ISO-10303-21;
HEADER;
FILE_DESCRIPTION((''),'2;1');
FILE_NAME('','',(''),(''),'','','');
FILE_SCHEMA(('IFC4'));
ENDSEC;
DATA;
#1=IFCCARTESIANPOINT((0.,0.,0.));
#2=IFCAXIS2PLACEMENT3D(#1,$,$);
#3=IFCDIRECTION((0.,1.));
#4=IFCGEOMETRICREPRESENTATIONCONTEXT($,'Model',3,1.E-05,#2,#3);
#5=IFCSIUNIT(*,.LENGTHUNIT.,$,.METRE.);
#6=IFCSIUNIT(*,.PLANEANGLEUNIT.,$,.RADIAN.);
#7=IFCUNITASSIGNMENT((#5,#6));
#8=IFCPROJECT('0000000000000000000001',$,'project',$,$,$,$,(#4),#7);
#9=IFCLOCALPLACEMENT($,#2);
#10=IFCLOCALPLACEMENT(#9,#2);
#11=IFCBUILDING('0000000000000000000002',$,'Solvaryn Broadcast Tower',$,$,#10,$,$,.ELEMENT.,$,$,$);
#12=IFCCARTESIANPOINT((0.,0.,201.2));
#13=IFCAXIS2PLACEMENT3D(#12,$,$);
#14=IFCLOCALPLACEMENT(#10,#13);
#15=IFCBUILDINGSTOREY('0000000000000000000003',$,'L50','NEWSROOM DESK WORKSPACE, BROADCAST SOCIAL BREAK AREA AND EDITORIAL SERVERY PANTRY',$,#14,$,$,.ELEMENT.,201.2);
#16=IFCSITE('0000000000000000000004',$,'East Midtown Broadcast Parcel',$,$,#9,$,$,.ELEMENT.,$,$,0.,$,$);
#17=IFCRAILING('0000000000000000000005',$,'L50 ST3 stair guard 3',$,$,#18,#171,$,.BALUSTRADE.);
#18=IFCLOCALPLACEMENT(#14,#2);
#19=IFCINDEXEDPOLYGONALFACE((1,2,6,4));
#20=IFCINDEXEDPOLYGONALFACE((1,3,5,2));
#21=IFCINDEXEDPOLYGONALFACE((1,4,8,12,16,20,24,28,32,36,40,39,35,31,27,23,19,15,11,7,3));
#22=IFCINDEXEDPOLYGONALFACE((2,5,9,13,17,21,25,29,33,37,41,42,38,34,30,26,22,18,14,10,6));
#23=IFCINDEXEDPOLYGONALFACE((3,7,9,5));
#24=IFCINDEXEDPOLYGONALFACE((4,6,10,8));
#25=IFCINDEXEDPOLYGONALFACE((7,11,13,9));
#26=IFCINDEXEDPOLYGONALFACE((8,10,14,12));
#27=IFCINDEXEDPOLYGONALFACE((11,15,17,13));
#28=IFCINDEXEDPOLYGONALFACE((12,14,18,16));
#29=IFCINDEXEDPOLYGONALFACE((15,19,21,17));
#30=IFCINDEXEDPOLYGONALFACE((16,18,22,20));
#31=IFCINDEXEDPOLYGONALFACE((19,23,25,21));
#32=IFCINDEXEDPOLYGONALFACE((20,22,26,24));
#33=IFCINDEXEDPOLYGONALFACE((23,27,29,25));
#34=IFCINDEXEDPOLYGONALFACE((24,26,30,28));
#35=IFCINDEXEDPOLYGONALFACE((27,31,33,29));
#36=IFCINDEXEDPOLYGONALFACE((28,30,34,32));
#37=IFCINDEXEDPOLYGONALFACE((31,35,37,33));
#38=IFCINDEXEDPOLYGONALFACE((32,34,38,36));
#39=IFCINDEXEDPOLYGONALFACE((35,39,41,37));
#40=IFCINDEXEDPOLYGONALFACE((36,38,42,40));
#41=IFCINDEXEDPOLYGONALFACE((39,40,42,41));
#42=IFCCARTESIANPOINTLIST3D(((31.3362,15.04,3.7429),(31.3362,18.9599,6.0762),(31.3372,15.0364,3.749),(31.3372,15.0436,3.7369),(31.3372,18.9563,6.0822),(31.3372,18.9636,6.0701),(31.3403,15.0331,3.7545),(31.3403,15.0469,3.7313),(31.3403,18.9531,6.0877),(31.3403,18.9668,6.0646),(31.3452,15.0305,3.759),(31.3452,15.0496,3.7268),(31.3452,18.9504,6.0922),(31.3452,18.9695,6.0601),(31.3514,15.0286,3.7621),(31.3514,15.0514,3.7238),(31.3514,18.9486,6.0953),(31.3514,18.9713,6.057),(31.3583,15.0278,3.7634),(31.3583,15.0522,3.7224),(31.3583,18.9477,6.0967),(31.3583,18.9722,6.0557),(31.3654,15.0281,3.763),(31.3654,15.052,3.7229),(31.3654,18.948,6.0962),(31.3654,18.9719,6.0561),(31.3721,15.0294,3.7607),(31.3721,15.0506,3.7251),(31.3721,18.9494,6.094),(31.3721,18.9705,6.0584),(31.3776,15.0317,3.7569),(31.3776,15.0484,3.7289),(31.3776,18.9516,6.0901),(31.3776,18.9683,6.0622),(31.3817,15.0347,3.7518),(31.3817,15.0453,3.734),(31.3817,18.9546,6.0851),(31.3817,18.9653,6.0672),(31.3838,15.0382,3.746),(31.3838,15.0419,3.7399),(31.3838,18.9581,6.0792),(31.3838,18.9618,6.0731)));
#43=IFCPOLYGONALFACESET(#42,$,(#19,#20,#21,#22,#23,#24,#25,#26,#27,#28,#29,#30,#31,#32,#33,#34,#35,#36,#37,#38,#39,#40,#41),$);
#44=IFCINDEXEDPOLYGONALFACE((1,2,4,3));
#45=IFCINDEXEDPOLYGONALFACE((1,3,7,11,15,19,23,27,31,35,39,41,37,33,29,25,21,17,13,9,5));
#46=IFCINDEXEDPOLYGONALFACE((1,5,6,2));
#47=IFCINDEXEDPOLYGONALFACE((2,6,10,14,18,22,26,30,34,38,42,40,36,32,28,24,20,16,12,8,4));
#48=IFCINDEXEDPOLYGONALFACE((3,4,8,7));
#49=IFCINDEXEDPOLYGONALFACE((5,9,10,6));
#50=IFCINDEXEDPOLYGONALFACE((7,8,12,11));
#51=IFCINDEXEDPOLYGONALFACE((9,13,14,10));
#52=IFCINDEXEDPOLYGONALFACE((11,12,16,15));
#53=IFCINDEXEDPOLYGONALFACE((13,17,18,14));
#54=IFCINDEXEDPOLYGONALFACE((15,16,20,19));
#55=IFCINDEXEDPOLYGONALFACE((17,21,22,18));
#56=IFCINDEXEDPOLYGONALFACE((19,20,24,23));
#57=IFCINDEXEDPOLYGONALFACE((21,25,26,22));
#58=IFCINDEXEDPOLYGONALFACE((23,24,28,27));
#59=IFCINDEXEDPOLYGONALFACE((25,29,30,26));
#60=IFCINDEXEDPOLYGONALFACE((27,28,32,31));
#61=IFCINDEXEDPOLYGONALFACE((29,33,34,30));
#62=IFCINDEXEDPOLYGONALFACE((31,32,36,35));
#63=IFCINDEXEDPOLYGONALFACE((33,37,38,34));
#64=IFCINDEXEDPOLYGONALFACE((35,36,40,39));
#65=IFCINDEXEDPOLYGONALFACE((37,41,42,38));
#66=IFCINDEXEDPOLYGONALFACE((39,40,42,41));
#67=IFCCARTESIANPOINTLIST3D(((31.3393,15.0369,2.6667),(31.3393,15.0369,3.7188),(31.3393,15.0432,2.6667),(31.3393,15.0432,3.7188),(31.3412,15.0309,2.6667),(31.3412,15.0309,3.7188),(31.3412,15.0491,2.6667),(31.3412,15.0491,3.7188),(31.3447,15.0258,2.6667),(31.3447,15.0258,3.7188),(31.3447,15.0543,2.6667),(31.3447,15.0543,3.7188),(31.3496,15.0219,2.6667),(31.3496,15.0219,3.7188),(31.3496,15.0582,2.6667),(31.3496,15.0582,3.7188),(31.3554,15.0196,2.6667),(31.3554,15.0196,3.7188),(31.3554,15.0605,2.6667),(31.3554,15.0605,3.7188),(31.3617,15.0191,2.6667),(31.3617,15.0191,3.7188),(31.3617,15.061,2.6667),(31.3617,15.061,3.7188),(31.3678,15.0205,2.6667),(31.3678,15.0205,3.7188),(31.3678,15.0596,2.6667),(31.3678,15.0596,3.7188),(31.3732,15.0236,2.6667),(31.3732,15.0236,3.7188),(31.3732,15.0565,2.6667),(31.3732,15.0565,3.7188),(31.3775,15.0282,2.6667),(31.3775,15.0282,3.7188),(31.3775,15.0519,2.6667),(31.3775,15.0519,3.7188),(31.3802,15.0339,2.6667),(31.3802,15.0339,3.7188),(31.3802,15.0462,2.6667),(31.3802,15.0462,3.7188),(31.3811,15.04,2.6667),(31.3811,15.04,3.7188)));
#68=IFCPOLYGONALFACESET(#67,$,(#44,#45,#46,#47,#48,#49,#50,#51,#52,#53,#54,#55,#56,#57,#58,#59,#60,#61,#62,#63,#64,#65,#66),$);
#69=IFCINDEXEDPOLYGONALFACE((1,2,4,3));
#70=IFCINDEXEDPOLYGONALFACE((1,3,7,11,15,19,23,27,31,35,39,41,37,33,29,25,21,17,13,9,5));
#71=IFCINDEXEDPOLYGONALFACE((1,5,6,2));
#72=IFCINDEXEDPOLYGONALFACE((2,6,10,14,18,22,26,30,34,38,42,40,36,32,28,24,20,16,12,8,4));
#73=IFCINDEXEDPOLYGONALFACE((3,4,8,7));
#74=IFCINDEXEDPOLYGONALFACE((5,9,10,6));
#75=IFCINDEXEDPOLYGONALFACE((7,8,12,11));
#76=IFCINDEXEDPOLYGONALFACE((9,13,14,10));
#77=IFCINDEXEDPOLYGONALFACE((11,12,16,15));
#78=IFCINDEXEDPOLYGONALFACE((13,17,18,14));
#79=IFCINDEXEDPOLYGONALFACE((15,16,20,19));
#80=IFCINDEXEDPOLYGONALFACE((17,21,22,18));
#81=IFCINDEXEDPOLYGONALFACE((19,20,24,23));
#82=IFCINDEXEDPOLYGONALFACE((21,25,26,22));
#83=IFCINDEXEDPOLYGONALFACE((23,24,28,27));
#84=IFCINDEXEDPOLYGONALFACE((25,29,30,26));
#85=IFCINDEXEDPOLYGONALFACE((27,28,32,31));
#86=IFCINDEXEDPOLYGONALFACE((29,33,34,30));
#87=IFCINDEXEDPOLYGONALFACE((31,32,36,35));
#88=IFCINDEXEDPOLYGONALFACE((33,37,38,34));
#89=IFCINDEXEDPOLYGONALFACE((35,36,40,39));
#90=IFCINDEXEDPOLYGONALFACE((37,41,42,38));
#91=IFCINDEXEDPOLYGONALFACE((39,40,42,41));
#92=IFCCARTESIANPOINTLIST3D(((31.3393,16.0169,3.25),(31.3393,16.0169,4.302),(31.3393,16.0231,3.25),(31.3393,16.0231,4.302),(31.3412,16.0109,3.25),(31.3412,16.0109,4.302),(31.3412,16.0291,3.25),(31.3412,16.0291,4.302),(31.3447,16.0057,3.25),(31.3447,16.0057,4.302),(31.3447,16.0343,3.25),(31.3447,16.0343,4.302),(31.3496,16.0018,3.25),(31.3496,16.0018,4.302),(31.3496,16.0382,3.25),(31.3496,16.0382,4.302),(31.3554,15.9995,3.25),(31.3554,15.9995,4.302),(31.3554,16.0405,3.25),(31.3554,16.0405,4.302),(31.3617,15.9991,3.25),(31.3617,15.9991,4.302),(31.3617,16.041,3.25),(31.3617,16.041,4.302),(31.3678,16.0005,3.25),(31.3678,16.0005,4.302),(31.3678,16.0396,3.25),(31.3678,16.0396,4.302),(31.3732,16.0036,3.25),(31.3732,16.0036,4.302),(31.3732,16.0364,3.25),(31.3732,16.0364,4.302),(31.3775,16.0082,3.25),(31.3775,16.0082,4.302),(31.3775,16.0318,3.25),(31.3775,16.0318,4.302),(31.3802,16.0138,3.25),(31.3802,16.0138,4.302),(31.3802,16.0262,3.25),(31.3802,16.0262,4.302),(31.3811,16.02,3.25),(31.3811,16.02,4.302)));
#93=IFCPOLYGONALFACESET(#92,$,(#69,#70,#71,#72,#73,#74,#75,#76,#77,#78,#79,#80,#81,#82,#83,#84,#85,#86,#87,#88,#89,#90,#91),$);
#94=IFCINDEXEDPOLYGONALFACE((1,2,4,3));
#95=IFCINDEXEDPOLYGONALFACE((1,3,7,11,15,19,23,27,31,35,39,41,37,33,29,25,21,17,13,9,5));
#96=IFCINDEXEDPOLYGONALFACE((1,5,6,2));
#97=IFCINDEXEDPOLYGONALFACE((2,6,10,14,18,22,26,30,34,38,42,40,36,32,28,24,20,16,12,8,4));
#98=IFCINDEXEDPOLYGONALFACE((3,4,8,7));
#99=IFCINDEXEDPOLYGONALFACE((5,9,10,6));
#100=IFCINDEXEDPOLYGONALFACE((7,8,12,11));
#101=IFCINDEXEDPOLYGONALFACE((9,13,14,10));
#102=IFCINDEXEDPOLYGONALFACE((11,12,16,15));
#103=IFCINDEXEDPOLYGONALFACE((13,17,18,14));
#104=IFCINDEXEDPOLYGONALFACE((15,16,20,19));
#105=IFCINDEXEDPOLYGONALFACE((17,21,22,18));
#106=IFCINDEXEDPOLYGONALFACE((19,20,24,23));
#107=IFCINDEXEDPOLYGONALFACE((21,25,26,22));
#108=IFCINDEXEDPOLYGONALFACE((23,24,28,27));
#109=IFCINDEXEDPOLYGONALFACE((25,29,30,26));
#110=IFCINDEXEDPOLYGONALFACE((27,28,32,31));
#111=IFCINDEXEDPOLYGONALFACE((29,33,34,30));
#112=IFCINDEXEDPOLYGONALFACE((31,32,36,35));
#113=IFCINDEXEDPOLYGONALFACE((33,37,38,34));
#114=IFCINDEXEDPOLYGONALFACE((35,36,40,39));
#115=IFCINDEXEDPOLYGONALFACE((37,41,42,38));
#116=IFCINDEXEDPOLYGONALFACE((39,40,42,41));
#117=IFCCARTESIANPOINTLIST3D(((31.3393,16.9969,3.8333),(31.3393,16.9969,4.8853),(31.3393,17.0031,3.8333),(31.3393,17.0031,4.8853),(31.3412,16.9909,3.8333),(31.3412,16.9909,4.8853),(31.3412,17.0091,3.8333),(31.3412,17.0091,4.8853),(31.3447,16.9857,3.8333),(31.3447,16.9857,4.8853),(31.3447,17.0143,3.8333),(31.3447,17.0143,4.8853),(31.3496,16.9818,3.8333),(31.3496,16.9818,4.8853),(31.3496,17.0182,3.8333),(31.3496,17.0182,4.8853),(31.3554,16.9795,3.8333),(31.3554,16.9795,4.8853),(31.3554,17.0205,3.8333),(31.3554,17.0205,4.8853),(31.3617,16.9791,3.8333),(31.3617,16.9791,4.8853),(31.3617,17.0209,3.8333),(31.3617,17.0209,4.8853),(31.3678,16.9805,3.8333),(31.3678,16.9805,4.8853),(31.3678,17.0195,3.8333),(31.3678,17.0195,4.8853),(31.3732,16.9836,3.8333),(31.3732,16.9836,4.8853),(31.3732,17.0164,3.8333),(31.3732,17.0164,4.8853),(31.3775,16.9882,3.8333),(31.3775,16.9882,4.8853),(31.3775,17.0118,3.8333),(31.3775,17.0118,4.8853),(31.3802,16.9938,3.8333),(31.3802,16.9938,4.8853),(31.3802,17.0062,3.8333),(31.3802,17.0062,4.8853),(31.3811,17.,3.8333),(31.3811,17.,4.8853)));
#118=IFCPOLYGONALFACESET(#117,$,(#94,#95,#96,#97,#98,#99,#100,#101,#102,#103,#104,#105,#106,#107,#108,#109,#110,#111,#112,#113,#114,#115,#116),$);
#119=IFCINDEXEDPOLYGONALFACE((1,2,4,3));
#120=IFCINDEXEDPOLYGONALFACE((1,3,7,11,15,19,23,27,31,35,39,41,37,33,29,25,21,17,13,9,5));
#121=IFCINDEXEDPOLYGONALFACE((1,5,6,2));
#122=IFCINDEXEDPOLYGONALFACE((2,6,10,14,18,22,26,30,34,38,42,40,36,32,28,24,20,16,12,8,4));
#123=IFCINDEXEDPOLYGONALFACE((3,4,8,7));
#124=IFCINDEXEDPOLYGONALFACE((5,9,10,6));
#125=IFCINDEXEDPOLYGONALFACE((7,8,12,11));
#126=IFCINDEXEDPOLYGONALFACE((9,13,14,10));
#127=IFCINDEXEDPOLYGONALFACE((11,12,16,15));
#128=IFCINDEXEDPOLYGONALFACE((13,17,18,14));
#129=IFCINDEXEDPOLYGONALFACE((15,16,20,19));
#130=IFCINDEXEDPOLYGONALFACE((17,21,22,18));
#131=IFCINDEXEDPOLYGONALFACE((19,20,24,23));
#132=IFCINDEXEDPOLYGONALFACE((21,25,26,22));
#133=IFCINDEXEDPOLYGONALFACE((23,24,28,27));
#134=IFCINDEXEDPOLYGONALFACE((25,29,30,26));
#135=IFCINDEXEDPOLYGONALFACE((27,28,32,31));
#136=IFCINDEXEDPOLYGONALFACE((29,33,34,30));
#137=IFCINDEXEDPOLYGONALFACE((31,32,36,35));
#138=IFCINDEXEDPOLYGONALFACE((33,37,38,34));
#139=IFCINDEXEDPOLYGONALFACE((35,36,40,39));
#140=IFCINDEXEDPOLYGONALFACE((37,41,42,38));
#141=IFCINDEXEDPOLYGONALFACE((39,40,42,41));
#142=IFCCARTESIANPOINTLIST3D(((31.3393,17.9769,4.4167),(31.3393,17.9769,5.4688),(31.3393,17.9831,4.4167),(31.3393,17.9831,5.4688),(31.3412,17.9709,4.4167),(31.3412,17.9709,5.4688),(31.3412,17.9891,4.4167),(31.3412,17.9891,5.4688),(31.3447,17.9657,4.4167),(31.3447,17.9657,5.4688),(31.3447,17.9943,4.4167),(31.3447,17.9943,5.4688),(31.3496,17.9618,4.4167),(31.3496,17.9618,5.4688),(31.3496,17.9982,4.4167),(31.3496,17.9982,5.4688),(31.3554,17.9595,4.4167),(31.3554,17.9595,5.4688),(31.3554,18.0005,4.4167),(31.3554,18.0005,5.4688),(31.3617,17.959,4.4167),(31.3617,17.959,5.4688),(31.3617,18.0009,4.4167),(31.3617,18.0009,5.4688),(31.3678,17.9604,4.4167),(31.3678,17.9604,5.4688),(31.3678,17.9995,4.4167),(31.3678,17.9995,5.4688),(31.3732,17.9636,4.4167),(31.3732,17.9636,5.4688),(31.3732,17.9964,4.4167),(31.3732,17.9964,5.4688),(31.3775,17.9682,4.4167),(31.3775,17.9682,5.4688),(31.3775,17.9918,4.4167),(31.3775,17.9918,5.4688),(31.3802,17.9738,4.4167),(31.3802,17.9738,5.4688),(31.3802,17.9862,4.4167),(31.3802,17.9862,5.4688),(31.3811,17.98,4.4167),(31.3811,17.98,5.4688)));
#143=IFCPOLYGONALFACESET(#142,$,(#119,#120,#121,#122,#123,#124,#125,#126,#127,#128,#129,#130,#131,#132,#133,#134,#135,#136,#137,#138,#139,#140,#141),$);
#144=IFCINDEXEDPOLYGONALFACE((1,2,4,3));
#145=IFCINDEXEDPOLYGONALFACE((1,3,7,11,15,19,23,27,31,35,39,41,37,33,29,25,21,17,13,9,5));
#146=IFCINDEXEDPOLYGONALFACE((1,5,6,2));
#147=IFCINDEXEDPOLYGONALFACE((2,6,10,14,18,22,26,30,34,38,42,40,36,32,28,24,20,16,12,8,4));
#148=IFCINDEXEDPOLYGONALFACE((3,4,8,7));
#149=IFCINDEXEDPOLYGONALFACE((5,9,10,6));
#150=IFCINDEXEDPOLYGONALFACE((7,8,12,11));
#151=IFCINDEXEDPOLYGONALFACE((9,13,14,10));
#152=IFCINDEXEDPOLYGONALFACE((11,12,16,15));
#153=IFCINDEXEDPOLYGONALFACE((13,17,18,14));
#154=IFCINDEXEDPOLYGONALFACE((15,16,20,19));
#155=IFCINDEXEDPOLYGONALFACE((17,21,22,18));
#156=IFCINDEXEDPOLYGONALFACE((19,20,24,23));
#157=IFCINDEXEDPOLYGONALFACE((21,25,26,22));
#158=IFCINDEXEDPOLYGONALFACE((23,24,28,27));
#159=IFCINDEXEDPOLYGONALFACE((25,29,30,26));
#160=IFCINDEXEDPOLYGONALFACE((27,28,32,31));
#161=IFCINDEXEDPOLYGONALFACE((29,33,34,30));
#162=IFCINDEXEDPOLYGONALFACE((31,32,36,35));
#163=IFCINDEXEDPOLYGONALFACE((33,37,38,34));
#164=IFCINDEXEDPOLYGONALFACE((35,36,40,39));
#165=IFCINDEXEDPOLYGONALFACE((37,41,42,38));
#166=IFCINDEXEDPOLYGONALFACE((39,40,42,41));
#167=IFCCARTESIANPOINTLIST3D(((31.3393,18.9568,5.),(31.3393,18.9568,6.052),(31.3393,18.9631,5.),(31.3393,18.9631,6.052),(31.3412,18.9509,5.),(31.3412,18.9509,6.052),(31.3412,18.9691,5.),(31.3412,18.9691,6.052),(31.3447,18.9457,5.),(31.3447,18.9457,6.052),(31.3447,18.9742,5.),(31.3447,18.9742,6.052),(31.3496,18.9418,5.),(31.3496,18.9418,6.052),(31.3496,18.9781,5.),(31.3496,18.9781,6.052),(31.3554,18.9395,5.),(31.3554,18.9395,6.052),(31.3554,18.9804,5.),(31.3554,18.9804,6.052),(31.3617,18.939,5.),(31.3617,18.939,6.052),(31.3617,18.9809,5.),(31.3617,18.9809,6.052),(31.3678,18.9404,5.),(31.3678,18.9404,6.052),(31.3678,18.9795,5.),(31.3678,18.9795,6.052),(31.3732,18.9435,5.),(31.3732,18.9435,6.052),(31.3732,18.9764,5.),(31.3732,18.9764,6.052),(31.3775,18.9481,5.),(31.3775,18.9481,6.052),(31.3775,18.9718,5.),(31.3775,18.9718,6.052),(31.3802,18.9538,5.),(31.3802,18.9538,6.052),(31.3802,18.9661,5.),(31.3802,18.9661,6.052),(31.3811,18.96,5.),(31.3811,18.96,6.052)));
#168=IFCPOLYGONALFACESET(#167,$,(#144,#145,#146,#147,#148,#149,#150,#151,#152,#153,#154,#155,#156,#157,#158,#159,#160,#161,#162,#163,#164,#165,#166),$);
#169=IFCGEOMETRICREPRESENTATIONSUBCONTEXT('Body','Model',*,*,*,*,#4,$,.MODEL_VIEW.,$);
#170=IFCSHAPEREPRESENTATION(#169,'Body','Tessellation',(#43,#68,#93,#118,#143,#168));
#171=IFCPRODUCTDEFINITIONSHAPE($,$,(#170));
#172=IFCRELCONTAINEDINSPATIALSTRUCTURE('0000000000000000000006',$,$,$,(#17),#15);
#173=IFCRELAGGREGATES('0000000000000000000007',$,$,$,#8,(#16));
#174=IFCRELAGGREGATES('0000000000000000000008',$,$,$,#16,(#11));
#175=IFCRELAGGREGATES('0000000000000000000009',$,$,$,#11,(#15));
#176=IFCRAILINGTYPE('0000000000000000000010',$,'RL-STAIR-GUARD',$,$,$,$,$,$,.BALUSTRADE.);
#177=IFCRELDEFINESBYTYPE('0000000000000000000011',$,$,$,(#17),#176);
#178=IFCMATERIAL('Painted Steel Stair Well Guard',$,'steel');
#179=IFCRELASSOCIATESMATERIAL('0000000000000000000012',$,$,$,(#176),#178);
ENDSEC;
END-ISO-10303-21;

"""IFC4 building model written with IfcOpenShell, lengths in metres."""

from ifc_helpers import new_model, si_unit, direction, frame, origin, origin_2d, place, context, subcontext, project, spatial, circle, extrude, material, type_object, element, save


model = new_model("IFC4")

# Units and contexts
model_context = context("Model", 3, precision=1e-05, world=origin(), true_north=direction((0.0, 1.0)))
body_context = subcontext(model_context, "Body", "Model", "MODEL_VIEW")
ifc_project = project(units=[si_unit("LENGTHUNIT", "METRE"), si_unit("PLANEANGLEUNIT", "RADIAN")], contexts=[model_context])

# Site, building, storey
site_placement = place(None, origin())
site = spatial("IfcSite", under=ifc_project, at=site_placement, Name="East Midtown Broadcast Parcel", CompositionType="ELEMENT", RefElevation=0.0)
building_placement = place(site_placement, origin())
building = spatial("IfcBuilding", under=site, at=building_placement, Name="Solvaryn Broadcast Tower", CompositionType="ELEMENT")
storey_placement = place(building_placement, frame((0.0, 0.0, 201.2)))
storey = spatial("IfcBuildingStorey", under=building, at=storey_placement, Name="L50", Description="NEWSROOM DESK WORKSPACE, BROADCAST SOCIAL BREAK AREA AND EDITORIAL SERVERY PANTRY", CompositionType="ELEMENT", Elevation=201.2)

# Railing
ifc_material_1 = material(Name="Painted Steel Stair Well Guard", Category="steel")
railing_type_1 = type_object("IfcRailingType", Name="RL-STAIR-GUARD", PredefinedType="BALUSTRADE", material=ifc_material_1)
railing_1_placement = place(storey_placement, frame((31.3601, 15.04, 2.6667)))
element("IfcRailing", 1, at=railing_1_placement, inside=storey, type_object=railing_type_1, Name="L50 ST3 stair guard 3", PredefinedType="BALUSTRADE", context=body_context, shape_type="SweptSolid", body=[
    extrude(circle(Radius=0.0239, at=origin_2d()), frame((0.0, 0.0, 1.0762), z_axis=(0.0, 0.859296, 0.511478), x_axis=(-1.0, 0.0, 0.0)), (0.0, 0.0, 1.0), 4.5618),
    extrude(circle(Radius=0.021, at=origin_2d()), origin(), (0.0, 0.0, 1.0), 1.052),
    extrude(circle(Radius=0.021, at=origin_2d()), frame((0.0, 0.98, 0.5833)), (0.0, 0.0, 1.0), 1.052),
    extrude(circle(Radius=0.021, at=origin_2d()), frame((0.0, 1.96, 1.1665)), (0.0, 0.0, 1.0), 1.052),
    extrude(circle(Radius=0.021, at=origin_2d()), frame((0.0, 2.9399, 1.75)), (0.0, 0.0, 1.0), 1.052),
    extrude(circle(Radius=0.021, at=origin_2d()), frame((0.0, 3.9199, 2.3333)), (0.0, 0.0, 1.0), 1.052),
])

save(model, "model.ifc")
